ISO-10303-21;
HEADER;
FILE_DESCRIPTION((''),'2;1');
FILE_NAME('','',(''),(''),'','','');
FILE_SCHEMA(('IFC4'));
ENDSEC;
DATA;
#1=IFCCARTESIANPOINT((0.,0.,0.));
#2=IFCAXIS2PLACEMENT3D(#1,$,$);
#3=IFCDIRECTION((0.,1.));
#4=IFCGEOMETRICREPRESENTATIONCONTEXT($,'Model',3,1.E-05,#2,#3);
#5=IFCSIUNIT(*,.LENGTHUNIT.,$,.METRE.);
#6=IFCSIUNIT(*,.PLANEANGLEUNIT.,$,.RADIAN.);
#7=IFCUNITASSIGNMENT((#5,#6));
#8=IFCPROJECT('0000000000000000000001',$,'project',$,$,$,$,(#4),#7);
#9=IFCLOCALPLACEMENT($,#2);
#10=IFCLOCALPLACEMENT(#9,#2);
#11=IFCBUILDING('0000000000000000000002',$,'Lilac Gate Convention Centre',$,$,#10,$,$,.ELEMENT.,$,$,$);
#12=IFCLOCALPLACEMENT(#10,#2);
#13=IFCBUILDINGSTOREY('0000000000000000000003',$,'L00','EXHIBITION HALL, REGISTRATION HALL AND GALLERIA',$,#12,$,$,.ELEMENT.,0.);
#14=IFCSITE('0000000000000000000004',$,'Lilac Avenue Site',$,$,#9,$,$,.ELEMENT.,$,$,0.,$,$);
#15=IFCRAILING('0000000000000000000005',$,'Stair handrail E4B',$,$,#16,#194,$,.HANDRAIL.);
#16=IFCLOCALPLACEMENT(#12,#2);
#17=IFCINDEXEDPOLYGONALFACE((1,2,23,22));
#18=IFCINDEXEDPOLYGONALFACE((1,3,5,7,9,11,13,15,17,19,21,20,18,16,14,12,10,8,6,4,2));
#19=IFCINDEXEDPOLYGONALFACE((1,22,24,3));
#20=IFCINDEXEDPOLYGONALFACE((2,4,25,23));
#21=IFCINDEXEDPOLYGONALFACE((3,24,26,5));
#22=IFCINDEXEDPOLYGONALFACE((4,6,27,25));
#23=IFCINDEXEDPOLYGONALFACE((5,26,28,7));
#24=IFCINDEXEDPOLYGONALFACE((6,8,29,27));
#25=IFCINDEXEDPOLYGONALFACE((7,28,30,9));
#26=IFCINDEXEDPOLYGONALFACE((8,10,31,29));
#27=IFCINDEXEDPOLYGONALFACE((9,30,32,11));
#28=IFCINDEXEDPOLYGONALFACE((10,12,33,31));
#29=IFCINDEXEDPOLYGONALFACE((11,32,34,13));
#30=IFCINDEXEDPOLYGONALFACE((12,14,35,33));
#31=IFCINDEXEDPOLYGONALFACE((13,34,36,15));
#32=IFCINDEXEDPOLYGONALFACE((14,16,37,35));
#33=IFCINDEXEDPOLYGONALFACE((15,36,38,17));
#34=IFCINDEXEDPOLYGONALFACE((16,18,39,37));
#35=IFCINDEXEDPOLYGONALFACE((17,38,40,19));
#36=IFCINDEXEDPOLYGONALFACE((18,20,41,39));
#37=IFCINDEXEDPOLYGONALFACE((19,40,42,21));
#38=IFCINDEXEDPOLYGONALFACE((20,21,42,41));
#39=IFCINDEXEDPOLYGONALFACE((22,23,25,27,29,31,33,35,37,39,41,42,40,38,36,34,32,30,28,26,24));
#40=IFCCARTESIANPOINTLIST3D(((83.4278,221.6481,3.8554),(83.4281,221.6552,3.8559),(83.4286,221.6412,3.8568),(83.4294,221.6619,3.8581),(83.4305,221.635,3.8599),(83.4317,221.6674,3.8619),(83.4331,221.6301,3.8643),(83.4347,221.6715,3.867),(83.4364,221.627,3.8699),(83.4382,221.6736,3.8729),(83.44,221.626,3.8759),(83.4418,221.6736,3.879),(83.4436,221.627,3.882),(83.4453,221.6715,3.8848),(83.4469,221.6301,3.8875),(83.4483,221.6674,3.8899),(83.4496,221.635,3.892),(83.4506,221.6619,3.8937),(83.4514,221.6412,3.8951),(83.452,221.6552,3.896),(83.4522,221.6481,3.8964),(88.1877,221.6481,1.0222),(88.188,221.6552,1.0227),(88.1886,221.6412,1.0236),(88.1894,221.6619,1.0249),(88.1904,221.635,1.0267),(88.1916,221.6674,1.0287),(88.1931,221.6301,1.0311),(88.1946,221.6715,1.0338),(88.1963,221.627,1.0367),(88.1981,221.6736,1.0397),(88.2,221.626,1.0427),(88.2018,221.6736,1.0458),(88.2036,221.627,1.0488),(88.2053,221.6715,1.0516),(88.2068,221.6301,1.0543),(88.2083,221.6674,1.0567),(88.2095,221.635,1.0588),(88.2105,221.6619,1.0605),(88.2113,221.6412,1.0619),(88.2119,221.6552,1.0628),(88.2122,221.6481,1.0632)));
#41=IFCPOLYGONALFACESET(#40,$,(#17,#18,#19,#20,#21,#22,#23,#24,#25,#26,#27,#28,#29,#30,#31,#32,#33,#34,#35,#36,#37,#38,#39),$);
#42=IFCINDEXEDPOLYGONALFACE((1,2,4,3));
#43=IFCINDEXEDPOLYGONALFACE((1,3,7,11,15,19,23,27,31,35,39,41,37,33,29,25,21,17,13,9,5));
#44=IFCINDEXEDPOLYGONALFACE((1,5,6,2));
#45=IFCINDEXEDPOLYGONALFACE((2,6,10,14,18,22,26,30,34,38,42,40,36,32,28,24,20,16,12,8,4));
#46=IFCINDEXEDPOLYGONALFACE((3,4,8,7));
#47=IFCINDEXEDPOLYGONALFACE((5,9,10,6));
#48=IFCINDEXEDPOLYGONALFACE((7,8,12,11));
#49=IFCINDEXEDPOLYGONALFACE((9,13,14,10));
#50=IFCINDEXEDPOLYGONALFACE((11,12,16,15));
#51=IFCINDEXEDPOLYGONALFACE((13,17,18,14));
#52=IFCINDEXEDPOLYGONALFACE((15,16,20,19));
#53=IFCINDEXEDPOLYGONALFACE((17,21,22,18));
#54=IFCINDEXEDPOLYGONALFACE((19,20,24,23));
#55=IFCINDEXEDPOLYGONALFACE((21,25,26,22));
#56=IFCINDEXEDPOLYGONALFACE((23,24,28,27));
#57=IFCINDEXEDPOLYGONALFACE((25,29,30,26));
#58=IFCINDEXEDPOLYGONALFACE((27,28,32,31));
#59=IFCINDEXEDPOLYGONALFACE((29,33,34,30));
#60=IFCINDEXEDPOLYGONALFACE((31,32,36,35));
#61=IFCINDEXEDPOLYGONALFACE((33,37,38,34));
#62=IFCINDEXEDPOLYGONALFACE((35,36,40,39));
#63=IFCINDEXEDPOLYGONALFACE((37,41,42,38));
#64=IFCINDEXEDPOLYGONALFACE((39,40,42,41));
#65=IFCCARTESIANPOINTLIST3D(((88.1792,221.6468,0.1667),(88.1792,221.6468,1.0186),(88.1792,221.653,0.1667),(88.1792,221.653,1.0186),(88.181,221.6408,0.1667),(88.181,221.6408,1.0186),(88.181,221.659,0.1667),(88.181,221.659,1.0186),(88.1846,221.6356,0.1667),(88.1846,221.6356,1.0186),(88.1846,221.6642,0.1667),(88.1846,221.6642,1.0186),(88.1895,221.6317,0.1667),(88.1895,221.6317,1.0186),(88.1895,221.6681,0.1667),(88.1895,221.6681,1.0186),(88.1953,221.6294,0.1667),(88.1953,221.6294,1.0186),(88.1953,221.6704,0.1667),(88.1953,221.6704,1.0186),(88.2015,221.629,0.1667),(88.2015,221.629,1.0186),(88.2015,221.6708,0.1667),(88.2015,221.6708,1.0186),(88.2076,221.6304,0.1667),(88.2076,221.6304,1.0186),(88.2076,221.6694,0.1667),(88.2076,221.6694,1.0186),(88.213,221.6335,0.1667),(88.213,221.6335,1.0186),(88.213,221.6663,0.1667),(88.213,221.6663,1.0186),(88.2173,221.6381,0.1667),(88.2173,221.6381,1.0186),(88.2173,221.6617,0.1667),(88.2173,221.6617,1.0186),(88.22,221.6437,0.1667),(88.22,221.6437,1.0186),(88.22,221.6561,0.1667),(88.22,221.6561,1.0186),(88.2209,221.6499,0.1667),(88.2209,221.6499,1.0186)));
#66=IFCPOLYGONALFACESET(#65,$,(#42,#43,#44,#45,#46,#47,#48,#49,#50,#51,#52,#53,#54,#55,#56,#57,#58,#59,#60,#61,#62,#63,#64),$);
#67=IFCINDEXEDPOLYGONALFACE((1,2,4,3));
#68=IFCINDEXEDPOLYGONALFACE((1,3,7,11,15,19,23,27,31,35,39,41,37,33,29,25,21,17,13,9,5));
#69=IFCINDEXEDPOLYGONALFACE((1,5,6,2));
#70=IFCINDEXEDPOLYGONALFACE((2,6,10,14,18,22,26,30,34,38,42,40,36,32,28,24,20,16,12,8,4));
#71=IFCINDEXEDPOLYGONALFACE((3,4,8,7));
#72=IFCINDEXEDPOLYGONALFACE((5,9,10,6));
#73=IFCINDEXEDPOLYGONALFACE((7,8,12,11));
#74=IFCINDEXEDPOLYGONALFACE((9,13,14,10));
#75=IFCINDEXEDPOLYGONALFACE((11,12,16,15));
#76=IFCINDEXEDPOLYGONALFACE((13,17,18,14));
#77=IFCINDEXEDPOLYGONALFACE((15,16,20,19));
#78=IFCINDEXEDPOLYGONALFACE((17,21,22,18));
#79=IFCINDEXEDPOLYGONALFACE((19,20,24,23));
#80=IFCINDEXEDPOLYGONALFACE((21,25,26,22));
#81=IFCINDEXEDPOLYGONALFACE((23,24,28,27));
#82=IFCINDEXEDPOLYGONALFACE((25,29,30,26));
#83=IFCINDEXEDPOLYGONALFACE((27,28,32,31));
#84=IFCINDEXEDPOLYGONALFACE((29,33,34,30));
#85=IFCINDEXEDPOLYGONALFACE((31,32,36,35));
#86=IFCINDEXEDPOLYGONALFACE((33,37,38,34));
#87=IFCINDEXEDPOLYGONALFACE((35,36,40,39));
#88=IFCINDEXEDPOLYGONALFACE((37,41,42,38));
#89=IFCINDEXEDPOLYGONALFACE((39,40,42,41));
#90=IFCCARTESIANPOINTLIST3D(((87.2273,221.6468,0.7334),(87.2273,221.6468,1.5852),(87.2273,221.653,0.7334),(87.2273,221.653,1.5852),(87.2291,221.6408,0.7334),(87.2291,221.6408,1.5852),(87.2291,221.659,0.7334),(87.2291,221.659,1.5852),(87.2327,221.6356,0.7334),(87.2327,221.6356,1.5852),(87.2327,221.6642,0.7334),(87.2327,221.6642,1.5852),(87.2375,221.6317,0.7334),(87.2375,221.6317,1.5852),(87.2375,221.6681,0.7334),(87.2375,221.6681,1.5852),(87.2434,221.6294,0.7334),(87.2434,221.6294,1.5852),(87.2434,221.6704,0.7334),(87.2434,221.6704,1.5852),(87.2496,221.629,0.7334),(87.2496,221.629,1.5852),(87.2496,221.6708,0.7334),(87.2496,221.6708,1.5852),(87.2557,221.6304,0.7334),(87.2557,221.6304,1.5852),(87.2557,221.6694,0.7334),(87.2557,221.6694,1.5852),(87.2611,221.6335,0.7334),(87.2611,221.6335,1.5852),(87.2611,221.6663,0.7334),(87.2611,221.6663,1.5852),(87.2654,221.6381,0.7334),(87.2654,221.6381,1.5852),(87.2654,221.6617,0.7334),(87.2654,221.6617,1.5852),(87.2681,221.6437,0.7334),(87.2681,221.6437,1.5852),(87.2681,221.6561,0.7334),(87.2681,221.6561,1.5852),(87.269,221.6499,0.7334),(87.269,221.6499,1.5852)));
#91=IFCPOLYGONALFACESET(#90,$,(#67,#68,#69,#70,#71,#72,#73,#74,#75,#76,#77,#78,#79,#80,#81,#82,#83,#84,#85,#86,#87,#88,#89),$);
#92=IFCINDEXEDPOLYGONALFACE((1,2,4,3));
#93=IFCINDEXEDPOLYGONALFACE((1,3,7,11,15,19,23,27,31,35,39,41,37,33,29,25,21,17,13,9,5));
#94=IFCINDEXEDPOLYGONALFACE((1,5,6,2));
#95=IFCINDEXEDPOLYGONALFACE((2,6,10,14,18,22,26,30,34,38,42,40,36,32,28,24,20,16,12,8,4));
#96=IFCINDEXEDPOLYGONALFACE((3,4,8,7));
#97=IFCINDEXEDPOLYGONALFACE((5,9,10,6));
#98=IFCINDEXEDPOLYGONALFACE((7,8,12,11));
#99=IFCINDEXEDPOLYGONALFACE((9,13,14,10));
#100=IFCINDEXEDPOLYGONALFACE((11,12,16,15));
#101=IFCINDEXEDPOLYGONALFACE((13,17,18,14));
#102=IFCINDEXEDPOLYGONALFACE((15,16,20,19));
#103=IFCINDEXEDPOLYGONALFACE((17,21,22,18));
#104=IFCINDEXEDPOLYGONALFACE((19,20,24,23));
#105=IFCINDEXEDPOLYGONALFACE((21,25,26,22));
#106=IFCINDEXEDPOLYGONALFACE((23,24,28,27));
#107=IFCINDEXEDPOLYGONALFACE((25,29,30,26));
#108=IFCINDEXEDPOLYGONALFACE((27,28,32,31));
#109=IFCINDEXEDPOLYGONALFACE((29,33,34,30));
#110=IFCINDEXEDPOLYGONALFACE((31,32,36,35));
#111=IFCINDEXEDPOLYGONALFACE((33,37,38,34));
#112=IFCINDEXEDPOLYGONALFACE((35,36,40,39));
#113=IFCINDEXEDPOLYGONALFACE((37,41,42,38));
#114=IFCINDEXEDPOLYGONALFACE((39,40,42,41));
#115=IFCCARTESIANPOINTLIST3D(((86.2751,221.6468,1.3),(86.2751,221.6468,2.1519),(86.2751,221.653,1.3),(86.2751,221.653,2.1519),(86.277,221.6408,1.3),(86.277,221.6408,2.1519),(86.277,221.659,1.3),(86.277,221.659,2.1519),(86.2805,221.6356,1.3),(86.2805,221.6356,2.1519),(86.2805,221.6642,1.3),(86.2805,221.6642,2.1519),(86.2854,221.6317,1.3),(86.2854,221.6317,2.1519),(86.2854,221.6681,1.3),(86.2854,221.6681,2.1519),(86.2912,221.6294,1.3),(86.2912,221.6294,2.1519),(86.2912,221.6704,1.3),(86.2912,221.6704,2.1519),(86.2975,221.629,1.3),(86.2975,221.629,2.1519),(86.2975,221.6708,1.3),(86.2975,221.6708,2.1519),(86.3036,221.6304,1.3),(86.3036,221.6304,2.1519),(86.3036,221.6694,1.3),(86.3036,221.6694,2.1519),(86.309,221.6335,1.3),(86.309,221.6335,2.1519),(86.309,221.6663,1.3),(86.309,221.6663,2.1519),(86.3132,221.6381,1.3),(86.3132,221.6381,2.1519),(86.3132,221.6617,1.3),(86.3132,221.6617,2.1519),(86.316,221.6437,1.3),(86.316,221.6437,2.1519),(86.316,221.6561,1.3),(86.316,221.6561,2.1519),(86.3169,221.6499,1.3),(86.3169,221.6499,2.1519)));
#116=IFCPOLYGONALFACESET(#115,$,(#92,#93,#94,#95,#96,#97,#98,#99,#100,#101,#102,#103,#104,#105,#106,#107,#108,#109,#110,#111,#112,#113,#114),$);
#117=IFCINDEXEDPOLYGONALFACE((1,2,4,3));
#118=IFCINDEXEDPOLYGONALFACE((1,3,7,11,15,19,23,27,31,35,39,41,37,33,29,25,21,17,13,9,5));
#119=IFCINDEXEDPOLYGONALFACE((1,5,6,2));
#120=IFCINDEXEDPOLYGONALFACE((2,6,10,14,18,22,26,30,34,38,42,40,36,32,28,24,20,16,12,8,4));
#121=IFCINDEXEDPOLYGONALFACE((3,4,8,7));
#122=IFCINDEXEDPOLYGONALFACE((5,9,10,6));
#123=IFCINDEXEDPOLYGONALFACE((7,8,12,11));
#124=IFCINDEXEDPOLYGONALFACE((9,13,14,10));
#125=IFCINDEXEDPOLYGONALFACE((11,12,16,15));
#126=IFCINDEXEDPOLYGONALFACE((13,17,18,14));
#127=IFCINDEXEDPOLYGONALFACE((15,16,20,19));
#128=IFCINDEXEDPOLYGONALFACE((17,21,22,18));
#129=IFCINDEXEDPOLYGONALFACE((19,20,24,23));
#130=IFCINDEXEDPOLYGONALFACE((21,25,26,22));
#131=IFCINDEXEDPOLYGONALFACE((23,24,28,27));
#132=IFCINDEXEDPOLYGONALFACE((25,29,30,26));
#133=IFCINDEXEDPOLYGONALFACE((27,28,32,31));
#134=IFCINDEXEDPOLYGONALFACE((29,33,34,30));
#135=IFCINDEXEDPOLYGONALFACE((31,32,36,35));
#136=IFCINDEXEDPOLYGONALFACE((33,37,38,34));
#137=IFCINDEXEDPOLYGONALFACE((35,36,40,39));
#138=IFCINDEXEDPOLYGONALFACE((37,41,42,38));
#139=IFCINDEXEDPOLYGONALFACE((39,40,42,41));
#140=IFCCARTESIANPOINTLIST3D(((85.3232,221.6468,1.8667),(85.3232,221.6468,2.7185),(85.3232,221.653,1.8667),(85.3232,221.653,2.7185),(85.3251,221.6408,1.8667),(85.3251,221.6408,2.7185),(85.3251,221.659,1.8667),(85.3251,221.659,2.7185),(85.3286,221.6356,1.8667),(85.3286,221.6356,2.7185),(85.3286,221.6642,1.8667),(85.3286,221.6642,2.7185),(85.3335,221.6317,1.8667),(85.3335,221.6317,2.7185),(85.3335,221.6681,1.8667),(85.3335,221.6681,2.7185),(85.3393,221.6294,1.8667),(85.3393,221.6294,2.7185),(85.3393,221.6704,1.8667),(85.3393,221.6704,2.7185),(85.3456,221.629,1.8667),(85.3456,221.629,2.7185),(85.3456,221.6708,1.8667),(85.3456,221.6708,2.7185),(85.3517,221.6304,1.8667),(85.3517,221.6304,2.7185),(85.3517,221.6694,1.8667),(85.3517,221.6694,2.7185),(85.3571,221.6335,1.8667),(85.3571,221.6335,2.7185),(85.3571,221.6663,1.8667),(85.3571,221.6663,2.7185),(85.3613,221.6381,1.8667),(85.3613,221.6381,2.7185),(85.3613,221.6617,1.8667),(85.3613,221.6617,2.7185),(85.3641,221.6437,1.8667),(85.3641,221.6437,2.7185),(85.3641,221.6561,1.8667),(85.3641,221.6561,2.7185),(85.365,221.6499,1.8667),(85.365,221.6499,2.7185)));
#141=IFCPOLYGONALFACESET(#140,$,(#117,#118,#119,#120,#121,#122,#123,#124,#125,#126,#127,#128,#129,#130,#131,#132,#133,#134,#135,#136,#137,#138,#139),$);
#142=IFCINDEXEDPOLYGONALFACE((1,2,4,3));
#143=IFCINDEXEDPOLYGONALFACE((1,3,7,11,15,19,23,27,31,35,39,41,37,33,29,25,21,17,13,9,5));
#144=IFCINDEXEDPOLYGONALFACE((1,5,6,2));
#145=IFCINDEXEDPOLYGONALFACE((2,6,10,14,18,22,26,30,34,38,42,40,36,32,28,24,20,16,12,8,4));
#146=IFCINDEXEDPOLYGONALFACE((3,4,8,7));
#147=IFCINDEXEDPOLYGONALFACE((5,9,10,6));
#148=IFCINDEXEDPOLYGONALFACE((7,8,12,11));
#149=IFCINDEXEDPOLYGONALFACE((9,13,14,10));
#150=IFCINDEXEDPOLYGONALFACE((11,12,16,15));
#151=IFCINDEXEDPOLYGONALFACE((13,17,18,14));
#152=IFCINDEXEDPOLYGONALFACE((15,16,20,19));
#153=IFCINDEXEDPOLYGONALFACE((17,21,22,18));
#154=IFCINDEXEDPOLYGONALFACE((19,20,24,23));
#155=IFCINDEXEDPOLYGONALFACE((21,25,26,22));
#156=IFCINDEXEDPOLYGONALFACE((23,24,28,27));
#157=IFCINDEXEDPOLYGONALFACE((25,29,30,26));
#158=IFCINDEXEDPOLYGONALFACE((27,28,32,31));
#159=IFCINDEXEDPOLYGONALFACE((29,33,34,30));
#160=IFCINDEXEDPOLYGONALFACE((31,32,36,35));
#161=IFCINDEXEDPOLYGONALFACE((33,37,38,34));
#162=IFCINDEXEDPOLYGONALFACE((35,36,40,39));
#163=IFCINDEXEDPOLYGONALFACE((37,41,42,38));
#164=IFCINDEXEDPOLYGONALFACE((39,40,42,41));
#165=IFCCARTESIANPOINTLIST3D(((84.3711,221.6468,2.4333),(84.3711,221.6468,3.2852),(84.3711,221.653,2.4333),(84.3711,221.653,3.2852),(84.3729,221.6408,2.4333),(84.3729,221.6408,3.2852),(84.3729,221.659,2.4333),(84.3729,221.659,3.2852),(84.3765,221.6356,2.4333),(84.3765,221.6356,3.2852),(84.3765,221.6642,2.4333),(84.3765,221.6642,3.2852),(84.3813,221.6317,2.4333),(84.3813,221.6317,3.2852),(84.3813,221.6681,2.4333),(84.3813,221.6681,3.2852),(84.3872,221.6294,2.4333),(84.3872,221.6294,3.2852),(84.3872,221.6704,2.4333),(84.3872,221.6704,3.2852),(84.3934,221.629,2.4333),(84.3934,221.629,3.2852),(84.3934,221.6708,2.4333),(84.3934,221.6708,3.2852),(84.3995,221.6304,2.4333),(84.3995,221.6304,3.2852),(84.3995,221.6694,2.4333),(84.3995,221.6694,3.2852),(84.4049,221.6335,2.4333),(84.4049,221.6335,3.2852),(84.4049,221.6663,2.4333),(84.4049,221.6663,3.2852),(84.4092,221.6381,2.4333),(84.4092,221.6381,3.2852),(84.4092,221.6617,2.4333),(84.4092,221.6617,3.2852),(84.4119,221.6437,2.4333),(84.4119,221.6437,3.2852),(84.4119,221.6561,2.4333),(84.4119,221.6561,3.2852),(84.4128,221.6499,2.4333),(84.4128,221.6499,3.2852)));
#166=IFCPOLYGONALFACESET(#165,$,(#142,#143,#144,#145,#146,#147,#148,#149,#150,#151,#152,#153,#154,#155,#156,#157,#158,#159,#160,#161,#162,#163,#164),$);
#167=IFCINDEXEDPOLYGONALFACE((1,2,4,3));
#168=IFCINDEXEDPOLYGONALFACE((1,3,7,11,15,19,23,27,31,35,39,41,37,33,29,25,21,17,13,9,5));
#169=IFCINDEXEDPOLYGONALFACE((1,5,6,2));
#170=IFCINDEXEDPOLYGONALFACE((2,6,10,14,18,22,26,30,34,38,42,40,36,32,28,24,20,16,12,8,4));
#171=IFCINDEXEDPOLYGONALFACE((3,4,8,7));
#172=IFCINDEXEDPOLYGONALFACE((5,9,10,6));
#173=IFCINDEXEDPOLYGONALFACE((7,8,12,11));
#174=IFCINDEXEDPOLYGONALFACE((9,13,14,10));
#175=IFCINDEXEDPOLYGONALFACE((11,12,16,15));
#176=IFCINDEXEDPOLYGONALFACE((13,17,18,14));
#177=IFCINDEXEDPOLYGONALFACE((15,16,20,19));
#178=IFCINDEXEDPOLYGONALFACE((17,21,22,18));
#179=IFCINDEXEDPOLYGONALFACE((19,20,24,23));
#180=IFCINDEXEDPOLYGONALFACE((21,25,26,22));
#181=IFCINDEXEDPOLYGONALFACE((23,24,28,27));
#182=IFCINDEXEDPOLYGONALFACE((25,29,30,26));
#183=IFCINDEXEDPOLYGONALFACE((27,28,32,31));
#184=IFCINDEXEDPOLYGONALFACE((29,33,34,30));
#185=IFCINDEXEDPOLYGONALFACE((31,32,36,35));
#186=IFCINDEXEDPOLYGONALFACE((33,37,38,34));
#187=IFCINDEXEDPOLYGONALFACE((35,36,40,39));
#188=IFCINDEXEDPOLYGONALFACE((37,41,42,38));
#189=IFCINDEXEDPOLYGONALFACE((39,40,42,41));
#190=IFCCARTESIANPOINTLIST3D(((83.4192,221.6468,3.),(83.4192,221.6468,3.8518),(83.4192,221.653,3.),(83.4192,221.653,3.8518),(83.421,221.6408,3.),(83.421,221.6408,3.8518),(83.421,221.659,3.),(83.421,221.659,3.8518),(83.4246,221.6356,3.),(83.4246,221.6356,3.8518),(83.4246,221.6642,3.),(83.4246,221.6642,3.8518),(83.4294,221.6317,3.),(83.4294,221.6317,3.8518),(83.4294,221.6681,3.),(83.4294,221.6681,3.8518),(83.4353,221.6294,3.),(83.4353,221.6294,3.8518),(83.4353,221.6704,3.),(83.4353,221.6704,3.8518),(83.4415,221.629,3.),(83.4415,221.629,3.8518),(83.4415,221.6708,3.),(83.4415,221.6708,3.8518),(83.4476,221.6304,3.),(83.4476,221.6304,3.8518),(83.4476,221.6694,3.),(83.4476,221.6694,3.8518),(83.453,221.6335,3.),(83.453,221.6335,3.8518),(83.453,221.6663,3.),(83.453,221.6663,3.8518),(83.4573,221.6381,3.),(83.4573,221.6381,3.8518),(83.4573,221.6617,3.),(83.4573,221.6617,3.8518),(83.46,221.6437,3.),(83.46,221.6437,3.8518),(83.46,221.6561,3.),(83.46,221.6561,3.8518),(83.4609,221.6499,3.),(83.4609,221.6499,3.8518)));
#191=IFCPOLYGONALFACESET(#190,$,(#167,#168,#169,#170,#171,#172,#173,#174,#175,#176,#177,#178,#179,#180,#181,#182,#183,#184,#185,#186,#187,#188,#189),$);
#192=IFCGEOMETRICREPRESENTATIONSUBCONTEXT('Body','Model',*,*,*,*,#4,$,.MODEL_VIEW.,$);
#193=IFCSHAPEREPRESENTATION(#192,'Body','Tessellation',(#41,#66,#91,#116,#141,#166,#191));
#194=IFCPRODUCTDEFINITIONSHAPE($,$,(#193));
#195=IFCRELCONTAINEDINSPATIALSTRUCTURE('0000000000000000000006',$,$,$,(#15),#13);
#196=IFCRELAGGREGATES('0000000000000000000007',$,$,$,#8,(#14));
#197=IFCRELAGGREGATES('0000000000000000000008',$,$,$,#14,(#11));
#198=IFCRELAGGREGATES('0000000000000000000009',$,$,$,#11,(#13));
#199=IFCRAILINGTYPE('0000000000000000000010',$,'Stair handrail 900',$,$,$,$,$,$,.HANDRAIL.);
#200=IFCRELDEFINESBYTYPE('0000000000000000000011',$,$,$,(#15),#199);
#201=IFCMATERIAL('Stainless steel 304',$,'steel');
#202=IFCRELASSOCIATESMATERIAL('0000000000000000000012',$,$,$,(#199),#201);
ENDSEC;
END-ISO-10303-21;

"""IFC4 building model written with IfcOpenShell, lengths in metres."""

from ifc_helpers import new_model, si_unit, direction, frame, origin, origin_2d, place, context, subcontext, project, spatial, circle, extrude, material, type_object, element, save


model = new_model("IFC4")

# Units and contexts
model_context = context("Model", 3, precision=1e-05, world=origin(), true_north=direction((0.0, 1.0)))
body_context = subcontext(model_context, "Body", "Model", "MODEL_VIEW")
ifc_project = project(units=[si_unit("LENGTHUNIT", "METRE"), si_unit("PLANEANGLEUNIT", "RADIAN")], contexts=[model_context])

# Site, building, storey
site_placement = place(None, origin())
site = spatial("IfcSite", under=ifc_project, at=site_placement, Name="Lilac Avenue Site", CompositionType="ELEMENT", RefElevation=0.0)
building_placement = place(site_placement, origin())
building = spatial("IfcBuilding", under=site, at=building_placement, Name="Lilac Gate Convention Centre", CompositionType="ELEMENT")
storey_placement = place(building_placement, origin())
storey = spatial("IfcBuildingStorey", under=building, at=storey_placement, Name="L00", Description="EXHIBITION HALL, REGISTRATION HALL AND GALLERIA", CompositionType="ELEMENT", Elevation=0.0)

# Railing
ifc_material_1 = material(Name="Stainless steel 304", Category="steel")
railing_type = type_object("IfcRailingType", Name="Stair handrail 900", PredefinedType="HANDRAIL", material=ifc_material_1)
for number, where, name in (
    (1, (88.2, 221.6499, 0.1667), "Stair handrail E4B"),
):
    element("IfcRailing", number, at=place(storey_placement, frame(where)), inside=storey, type_object=railing_type, Name=name, PredefinedType="HANDRAIL", context=body_context, shape_type="SweptSolid", body=[
        extrude(circle(Radius=0.0239, at=origin_2d()), frame((0.0, 0.0, 0.876), z_axis=(-0.8593, 0.0, 0.511472), x_axis=(0.0, -1.0, 0.0)), (0.0, 0.0, 1.0), 5.5393),
        extrude(circle(Radius=0.021, at=origin_2d()), origin(), (0.0, 0.0, 1.0), 0.8518),
        extrude(circle(Radius=0.021, at=origin_2d()), frame((-0.9519, 0.0, 0.5667)), (0.0, 0.0, 1.0), 0.8518),
        extrude(circle(Radius=0.021, at=origin_2d()), frame((-1.9041, 0.0, 1.1333)), (0.0, 0.0, 1.0), 0.8518),
        extrude(circle(Radius=0.021, at=origin_2d()), frame((-2.856, 0.0, 1.7)), (0.0, 0.0, 1.0), 0.8518),
        extrude(circle(Radius=0.021, at=origin_2d()), frame((-3.8081, 0.0, 2.2666)), (0.0, 0.0, 1.0), 0.8518),
        extrude(circle(Radius=0.021, at=origin_2d()), frame((-4.76, 0.0, 2.8333)), (0.0, 0.0, 1.0), 0.8518),
    ])

save(model, "model.ifc")
